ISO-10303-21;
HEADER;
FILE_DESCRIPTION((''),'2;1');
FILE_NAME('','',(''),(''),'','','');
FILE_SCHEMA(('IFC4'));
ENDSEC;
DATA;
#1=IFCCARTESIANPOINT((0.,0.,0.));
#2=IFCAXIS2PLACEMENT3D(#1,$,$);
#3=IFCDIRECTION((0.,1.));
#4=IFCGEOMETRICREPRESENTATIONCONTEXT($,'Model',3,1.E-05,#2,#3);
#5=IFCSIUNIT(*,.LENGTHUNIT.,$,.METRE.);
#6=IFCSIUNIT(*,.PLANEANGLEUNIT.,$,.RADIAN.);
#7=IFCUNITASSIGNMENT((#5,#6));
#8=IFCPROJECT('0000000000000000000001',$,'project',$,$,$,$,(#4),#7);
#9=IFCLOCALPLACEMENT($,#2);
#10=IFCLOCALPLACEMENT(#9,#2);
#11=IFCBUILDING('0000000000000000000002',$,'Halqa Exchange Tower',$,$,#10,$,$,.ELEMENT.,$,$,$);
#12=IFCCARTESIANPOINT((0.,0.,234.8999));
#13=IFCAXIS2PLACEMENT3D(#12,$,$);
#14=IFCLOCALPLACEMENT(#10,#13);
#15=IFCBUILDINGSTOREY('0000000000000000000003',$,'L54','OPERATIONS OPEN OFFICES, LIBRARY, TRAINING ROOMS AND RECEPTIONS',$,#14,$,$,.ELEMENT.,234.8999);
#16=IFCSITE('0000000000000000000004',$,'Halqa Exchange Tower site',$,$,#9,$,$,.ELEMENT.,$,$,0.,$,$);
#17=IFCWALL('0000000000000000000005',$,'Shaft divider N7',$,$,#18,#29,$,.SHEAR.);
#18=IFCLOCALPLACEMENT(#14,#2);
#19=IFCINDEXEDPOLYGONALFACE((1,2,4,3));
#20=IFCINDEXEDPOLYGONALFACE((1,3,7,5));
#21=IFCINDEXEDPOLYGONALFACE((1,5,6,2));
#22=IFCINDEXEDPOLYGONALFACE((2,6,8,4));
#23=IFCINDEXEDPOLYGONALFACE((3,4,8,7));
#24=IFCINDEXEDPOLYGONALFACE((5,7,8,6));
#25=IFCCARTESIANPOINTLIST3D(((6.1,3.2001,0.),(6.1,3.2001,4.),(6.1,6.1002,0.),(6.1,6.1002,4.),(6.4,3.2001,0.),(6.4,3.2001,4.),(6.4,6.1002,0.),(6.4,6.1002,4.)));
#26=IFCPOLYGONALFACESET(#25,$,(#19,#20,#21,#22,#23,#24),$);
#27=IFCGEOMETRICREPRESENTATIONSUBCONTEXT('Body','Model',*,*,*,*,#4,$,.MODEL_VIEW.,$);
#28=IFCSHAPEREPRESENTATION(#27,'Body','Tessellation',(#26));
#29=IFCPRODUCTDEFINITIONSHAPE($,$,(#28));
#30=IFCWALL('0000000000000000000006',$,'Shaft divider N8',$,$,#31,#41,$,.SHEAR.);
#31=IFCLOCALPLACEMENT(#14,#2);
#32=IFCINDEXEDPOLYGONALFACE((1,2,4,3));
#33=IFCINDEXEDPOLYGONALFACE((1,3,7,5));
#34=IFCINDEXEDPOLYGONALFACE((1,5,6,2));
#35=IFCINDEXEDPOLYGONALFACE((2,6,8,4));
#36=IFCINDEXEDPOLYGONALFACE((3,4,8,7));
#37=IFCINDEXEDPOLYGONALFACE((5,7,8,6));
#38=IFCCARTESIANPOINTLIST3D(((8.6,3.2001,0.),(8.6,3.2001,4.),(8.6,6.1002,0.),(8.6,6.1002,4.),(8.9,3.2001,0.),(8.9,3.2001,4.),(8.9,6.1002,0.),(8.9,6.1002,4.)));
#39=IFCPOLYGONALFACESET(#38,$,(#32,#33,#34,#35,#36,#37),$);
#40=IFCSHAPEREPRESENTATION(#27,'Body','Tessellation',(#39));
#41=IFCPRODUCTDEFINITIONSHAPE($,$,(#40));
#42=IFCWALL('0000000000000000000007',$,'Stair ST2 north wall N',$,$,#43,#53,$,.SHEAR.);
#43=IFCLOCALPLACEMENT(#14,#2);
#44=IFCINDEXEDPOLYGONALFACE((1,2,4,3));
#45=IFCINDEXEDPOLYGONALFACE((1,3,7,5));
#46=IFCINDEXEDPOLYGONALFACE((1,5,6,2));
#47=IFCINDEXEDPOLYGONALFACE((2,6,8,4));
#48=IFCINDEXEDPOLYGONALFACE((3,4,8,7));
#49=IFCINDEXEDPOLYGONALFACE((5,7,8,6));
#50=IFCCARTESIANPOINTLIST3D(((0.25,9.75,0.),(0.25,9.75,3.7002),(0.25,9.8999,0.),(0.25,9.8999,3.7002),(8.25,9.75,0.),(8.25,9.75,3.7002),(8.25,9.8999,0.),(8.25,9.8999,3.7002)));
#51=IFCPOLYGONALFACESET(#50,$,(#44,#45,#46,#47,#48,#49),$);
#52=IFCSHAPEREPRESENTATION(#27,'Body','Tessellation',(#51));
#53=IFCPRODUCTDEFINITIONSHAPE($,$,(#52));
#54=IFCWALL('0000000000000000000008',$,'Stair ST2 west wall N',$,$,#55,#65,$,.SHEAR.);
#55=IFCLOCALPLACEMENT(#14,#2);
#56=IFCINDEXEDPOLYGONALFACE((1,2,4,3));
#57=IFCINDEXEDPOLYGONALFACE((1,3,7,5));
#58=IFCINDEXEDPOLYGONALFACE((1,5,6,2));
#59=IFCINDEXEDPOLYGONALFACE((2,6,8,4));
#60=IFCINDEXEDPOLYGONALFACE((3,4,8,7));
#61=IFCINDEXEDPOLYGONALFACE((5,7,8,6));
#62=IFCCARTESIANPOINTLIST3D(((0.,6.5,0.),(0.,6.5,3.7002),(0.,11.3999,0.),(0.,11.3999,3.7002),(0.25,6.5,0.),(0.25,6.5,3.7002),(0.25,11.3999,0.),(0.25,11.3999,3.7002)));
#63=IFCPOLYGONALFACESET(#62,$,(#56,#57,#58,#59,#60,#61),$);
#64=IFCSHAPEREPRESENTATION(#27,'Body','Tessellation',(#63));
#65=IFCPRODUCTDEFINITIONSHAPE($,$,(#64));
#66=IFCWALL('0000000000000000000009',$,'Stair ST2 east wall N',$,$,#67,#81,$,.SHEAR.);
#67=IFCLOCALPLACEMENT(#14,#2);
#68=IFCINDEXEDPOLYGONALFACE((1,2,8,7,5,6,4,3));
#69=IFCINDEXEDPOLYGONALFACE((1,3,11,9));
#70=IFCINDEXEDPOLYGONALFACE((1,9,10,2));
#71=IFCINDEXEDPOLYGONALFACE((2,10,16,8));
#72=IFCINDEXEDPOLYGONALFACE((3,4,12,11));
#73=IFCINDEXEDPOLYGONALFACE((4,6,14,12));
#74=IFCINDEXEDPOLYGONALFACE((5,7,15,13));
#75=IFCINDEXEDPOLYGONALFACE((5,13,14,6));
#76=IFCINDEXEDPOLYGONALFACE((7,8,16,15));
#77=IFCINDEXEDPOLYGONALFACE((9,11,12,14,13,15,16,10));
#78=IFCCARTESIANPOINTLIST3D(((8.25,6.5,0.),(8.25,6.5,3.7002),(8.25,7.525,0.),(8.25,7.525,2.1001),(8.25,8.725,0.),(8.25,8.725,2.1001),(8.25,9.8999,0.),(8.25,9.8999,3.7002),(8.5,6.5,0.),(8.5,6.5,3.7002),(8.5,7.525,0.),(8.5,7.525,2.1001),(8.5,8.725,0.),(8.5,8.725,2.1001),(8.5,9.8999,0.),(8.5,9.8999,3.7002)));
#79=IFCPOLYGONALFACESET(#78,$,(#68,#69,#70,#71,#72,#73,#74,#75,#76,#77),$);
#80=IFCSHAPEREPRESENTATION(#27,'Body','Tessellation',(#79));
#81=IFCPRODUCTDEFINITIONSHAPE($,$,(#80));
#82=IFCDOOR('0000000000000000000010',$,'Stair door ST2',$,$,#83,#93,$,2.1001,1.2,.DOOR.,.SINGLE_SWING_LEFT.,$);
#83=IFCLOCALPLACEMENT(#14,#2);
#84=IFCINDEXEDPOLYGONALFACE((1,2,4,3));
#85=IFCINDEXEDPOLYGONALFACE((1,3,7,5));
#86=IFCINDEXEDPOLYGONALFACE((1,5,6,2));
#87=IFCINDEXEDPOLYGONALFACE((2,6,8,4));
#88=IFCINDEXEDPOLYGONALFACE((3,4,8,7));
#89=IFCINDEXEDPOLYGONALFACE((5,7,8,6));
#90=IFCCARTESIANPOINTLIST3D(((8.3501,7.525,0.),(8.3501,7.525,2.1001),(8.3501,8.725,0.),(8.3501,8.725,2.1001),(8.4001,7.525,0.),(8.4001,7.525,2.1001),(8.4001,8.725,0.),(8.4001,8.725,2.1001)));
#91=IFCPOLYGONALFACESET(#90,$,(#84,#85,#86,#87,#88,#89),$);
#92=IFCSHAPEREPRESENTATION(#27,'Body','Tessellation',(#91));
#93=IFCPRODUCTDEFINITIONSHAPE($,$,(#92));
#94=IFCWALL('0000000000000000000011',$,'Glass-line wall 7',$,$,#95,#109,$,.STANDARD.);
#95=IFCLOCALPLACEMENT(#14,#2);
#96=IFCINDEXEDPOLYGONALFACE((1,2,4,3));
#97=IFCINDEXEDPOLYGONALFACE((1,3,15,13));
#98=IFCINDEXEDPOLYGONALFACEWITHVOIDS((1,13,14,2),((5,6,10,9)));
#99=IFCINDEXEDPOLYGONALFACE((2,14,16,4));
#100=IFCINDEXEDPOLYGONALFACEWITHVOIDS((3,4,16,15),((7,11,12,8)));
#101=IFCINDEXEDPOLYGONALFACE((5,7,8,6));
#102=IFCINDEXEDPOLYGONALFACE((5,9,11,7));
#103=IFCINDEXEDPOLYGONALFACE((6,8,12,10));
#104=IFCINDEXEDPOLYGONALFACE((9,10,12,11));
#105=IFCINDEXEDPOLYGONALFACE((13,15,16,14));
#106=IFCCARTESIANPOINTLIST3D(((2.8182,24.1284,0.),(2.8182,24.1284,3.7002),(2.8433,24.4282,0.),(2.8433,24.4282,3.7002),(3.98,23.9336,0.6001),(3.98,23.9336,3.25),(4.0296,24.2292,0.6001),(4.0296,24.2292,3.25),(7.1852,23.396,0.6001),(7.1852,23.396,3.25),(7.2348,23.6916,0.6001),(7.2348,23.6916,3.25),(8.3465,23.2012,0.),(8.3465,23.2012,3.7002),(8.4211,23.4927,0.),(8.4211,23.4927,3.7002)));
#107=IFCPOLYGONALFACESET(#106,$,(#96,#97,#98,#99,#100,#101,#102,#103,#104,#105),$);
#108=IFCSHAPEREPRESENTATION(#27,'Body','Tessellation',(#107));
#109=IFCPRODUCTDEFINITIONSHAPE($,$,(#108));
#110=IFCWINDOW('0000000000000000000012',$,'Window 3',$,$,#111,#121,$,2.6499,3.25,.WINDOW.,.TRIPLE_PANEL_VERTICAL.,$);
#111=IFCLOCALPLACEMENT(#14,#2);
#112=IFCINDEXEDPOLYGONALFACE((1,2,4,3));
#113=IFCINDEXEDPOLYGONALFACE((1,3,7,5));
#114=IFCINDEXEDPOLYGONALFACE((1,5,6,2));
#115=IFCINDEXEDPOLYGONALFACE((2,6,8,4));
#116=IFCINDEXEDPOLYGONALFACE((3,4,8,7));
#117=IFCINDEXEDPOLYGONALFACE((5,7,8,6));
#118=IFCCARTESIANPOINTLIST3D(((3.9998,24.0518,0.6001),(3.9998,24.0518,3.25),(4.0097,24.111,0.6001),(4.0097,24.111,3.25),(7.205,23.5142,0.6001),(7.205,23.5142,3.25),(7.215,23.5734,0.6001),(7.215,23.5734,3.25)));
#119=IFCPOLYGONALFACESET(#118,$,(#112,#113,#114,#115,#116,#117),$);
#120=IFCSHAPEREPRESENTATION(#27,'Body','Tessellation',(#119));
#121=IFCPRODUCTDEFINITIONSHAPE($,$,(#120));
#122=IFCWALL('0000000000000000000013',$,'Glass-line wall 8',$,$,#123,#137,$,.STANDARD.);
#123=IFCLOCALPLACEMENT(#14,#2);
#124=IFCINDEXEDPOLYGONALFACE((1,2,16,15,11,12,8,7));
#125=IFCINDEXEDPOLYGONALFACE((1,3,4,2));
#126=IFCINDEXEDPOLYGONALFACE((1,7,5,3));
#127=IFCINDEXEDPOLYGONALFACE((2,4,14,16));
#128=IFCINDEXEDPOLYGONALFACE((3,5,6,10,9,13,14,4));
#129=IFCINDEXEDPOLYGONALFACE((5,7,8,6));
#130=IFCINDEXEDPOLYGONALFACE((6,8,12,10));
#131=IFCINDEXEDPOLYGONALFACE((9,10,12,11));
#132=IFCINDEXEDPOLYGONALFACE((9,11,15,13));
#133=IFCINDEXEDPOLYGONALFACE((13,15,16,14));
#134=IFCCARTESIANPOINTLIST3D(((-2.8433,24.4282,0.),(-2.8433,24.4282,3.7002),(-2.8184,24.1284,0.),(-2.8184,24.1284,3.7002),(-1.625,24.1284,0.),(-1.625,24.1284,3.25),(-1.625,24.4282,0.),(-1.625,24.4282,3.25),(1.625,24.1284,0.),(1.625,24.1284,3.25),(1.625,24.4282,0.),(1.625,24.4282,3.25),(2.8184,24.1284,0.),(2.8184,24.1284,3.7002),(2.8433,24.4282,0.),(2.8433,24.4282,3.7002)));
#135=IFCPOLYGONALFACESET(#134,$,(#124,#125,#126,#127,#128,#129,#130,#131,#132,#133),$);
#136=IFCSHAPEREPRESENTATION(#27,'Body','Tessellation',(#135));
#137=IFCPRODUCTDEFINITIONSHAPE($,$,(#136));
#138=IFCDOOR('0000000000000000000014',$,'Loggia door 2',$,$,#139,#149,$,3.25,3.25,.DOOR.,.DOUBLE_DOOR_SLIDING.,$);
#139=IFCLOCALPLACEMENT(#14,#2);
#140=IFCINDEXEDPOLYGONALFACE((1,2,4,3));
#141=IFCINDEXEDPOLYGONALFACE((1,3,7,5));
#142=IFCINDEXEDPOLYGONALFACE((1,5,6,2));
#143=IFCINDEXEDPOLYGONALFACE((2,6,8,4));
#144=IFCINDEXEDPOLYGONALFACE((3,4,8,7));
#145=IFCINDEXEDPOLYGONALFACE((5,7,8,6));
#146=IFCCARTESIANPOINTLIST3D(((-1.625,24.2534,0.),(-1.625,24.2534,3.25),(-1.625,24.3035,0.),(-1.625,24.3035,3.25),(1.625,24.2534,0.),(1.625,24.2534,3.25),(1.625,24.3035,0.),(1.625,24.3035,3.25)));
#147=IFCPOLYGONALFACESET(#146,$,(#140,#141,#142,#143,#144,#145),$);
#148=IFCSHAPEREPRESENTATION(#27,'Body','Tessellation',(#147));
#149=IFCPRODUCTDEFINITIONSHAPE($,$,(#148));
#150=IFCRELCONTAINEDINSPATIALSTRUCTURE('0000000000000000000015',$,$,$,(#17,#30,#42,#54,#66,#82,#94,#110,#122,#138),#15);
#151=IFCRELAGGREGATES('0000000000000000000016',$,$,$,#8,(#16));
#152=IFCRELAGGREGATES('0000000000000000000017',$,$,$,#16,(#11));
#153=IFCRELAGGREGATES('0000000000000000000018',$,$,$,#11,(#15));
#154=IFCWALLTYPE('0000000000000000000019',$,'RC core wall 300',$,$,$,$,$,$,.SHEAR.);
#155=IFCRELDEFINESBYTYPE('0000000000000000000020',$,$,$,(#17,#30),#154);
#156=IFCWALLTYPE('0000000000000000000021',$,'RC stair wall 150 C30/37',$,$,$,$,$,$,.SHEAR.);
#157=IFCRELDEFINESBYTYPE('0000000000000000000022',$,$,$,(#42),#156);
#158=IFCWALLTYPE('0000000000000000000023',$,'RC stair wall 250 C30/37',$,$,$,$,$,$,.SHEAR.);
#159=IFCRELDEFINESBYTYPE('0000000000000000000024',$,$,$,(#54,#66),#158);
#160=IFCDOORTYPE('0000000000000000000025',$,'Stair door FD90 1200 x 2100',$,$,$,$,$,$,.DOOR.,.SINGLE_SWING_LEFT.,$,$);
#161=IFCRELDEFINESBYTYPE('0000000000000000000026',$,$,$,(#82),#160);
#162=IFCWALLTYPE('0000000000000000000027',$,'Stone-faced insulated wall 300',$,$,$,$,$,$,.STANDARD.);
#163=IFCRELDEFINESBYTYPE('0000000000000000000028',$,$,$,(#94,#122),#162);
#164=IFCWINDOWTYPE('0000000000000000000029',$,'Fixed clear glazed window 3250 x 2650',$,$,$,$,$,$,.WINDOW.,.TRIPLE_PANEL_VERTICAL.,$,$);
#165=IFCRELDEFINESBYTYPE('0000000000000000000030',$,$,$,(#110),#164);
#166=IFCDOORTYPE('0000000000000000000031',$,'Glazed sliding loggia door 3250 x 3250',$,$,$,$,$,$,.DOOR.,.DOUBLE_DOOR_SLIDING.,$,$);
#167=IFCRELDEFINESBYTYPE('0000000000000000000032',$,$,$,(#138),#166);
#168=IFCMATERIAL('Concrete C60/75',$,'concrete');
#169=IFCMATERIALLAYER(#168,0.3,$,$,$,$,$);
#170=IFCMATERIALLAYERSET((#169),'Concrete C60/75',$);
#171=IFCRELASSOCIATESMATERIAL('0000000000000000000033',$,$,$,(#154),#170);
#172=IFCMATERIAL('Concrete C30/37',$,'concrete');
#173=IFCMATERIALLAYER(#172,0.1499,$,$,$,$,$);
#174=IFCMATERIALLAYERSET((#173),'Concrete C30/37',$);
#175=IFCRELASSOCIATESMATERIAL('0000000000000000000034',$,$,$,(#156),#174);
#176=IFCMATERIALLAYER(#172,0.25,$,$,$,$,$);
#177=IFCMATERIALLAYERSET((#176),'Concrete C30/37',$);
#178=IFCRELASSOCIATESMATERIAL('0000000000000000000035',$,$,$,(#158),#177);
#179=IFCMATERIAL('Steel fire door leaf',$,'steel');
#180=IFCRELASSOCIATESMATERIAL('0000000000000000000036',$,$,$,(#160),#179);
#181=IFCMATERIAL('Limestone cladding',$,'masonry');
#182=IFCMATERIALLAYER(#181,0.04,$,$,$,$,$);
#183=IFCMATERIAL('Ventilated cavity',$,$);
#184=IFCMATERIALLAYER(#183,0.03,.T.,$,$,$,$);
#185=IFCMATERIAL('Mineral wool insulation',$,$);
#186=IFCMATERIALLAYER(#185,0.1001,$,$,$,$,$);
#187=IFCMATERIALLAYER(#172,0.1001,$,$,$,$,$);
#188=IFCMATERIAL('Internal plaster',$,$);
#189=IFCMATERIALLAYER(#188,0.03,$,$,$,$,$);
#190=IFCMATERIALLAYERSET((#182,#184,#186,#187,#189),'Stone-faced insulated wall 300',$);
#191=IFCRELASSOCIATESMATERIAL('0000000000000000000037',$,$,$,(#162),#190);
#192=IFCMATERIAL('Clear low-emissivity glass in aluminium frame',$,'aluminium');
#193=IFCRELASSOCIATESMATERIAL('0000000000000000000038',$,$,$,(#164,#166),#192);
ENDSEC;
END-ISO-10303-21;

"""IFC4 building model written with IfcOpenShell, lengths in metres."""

from ifc_helpers import new_model, si_unit, direction, frame, frame_2d, origin, place, context, subcontext, project, spatial, polyline, rectangle, outline, extrude, material, layer, layer_set, type_object, element, fill, save


model = new_model("IFC4")

# Units and contexts
model_context = context("Model", 3, precision=1e-05, world=origin(), true_north=direction((0.0, 1.0)))
body_context = subcontext(model_context, "Body", "Model", "MODEL_VIEW")
ifc_project = project(units=[si_unit("LENGTHUNIT", "METRE"), si_unit("PLANEANGLEUNIT", "RADIAN")], contexts=[model_context])

# Site, building, storey
site_placement = place(None, origin())
site = spatial("IfcSite", under=ifc_project, at=site_placement, Name="Halqa Exchange Tower site", CompositionType="ELEMENT", RefElevation=0.0)
building_placement = place(site_placement, origin())
building = spatial("IfcBuilding", under=site, at=building_placement, Name="Halqa Exchange Tower", CompositionType="ELEMENT")
storey_placement = place(building_placement, frame((0.0, 0.0, 234.8999)))
storey = spatial("IfcBuildingStorey", under=building, at=storey_placement, Name="L54", Description="OPERATIONS OPEN OFFICES, LIBRARY, TRAINING ROOMS AND RECEPTIONS", CompositionType="ELEMENT", Elevation=234.8999)

# Shared definitions
ifc_material_1 = material(Name="Concrete C60/75", Category="concrete")

# Shared definitions
ifc_material_2 = material(Name="Concrete C30/37", Category="concrete")

# Walls
ifc_layer_1 = layer(ifc_material_1, 0.3)
ifc_layer_set_1 = layer_set([ifc_layer_1], Name="Concrete C60/75")
wall_type_1 = type_object("IfcWallType", Name="RC core wall 300", PredefinedType="SHEAR", material=ifc_layer_set_1)
for number, where, z_axis, x_axis, name in (
    (1, (6.25, 3.2, 0.0), (0.0, 0.0, 1.0), (0.0, 1.0, 0.0), "Shaft divider N7"),
    (2, (8.75, 3.2, 0.0), (0.0, 0.0, 1.0), (0.0, 1.0, 0.0), "Shaft divider N8"),
):
    element("IfcWall", number, at=place(storey_placement, frame(where, z_axis=z_axis, x_axis=x_axis)), inside=storey, type_object=wall_type_1, Name=name, PredefinedType="SHEAR", context=body_context, shape_type="SweptSolid", body=[
        extrude(rectangle(XDim=2.9001, YDim=0.3, at=frame_2d((1.4502, 0.0))), origin(), (0.0, 0.0, 1.0), 4.0),
    ])
ifc_layer_2 = layer(ifc_material_2, 0.1499)
ifc_layer_set_2 = layer_set([ifc_layer_2], Name="Concrete C30/37")
wall_type_2 = type_object("IfcWallType", Name="RC stair wall 150 C30/37", PredefinedType="SHEAR", material=ifc_layer_set_2)
wall_1_placement = place(storey_placement, frame((0.25, 9.825, 0.0), z_axis=(0.0, 0.0, 1.0), x_axis=(1.0, 0.0, 0.0)))
element("IfcWall", 3, at=wall_1_placement, inside=storey, type_object=wall_type_2, Name="Stair ST2 north wall N", PredefinedType="SHEAR", context=body_context, shape_type="SweptSolid", body=[
    extrude(rectangle(XDim=8.0, YDim=0.1499, at=frame_2d((4.0, 0.0))), origin(), (0.0, 0.0, 1.0), 3.7002),
])
ifc_layer_3 = layer(ifc_material_2, 0.25)
ifc_layer_set_3 = layer_set([ifc_layer_3], Name="Concrete C30/37")
wall_type_3 = type_object("IfcWallType", Name="RC stair wall 250 C30/37", PredefinedType="SHEAR", material=ifc_layer_set_3)
wall_2_placement = place(storey_placement, frame((0.125, 6.5, 0.0), z_axis=(0.0, 0.0, 1.0), x_axis=(0.0, 1.0, 0.0)))
element("IfcWall", 4, at=wall_2_placement, inside=storey, type_object=wall_type_3, Name="Stair ST2 west wall N", PredefinedType="SHEAR", context=body_context, shape_type="SweptSolid", body=[
    extrude(rectangle(XDim=4.8999, YDim=0.25, at=frame_2d((2.45, 0.0))), origin(), (0.0, 0.0, 1.0), 3.7002),
])

# Wall, opening, door
wall_3_placement = place(storey_placement, frame((8.375, 6.5, 0.0), z_axis=(0.0, 0.0, 1.0), x_axis=(0.0, 1.0, 0.0)))
wall_3 = element("IfcWall", 5, at=wall_3_placement, inside=storey, type_object=wall_type_3, Name="Stair ST2 east wall N", PredefinedType="SHEAR", context=body_context, shape_type="SweptSolid", body=[
    extrude(rectangle(XDim=3.3999, YDim=0.25, at=frame_2d((1.7, 0.0))), origin(), (0.0, 0.0, 1.0), 3.7002),
])
opening_1_placement = place(wall_3_placement, frame((1.0249, 0.0, 0.0)))
opening_1 = element("IfcOpeningElement", 6, at=opening_1_placement, cuts=wall_3, PredefinedType="OPENING", context=body_context, shape_type="SweptSolid", body=[
    extrude(rectangle(XDim=1.2, YDim=2.1001, at=frame_2d((0.6001, 1.05))), frame((0.0, 0.137, 0.0), z_axis=(0.0, -1.0, 0.0), x_axis=(1.0, 0.0, 0.0)), (0.0, 0.0, 1.0), 0.2739),
])
ifc_material_3 = material(Name="Steel fire door leaf", Category="steel")
door_type_1 = type_object("IfcDoorType", Name="Stair door FD90 1200 x 2100", OperationType="SINGLE_SWING_LEFT", PredefinedType="DOOR", material=ifc_material_3)
door_1_placement = place(opening_1_placement, origin())
door_1 = element("IfcDoor", 7, at=door_1_placement, inside=storey, type_object=door_type_1, Name="Stair door ST2", OperationType="SINGLE_SWING_LEFT", OverallHeight=2.1001, OverallWidth=1.2, PredefinedType="DOOR", context=body_context, shape_type="SweptSolid", body=[
    extrude(rectangle(XDim=1.2, YDim=2.1001, at=frame_2d((0.6001, 1.05))), frame((0.0, 0.0249, 0.0), z_axis=(0.0, -1.0, 0.0), x_axis=(1.0, 0.0, 0.0)), (0.0, 0.0, 1.0), 0.05),
])
fill(opening_1, door_1)

# Wall, opening, window
ifc_material_4 = material(Name="Limestone cladding", Category="masonry")
ifc_layer_4 = layer(ifc_material_4, 0.04)
ifc_material_5 = material(Name="Ventilated cavity")
ifc_layer_5 = layer(ifc_material_5, 0.03, ventilated=True)
ifc_material_6 = material(Name="Mineral wool insulation")
ifc_layer_6 = layer(ifc_material_6, 0.1001)
ifc_layer_7 = layer(ifc_material_2, 0.1001)
ifc_material_7 = material(Name="Internal plaster")
ifc_layer_8 = layer(ifc_material_7, 0.03)
ifc_layer_set_4 = layer_set([ifc_layer_4, ifc_layer_5, ifc_layer_6, ifc_layer_7, ifc_layer_8], Name="Stone-faced insulated wall 300")
wall_type_4 = type_object("IfcWallType", Name="Stone-faced insulated wall 300", PredefinedType="STANDARD", material=ifc_layer_set_4)
wall_4_placement = place(storey_placement, frame((8.3838, 23.3469, 0.0), z_axis=(0.0, 0.0, 1.0), x_axis=(-0.986223, 0.165418, 0.0)))
wall_4 = element("IfcWall", 8, at=wall_4_placement, inside=storey, type_object=wall_type_4, Name="Glass-line wall 7", PredefinedType="STANDARD", context=body_context, shape_type="SweptSolid", body=[
    extrude(outline(polyline([(-0.0127, -0.1499), (5.6431, -0.1499), (5.6182, 0.1499), (0.0127, 0.1499), (-0.0127, -0.1499)])), origin(), (0.0, 0.0, 1.0), 3.7002),
])
opening_2_placement = place(wall_4_placement, frame((1.1902, 0.0, 0.6001)))
opening_2 = element("IfcOpeningElement", 9, at=opening_2_placement, cuts=wall_4, PredefinedType="OPENING", context=body_context, shape_type="SweptSolid", body=[
    extrude(rectangle(XDim=3.25, YDim=2.6499, at=frame_2d((1.625, 1.325))), frame((0.0, 0.1621, 0.0), z_axis=(0.0, -1.0, 0.0), x_axis=(1.0, 0.0, 0.0)), (0.0, 0.0, 1.0), 0.324),
])
ifc_material_8 = material(Name="Clear low-emissivity glass in aluminium frame", Category="aluminium")
window_type = type_object("IfcWindowType", Name="Fixed clear glazed window 3250 x 2650", PartitioningType="TRIPLE_PANEL_VERTICAL", PredefinedType="WINDOW", material=ifc_material_8)
window_placement = place(opening_2_placement, origin())
window = element("IfcWindow", 10, at=window_placement, inside=storey, type_object=window_type, Name="Window 3", OverallHeight=2.6499, OverallWidth=3.25, PartitioningType="TRIPLE_PANEL_VERTICAL", PredefinedType="WINDOW", context=body_context, shape_type="SweptSolid", body=[
    extrude(rectangle(XDim=3.25, YDim=2.6499, at=frame_2d((1.625, 1.325))), frame((0.0, 0.03, 0.0), z_axis=(0.0, -1.0, 0.0), x_axis=(1.0, 0.0, 0.0)), (0.0, 0.0, 1.0), 0.0601),
])
fill(opening_2, window)

# Wall, opening, door
wall_5_placement = place(storey_placement, frame((2.8308, 24.2783, 0.0), z_axis=(0.0, 0.0, 1.0), x_axis=(-1.0, 0.0, 0.0)))
wall_5 = element("IfcWall", 11, at=wall_5_placement, inside=storey, type_object=wall_type_4, Name="Glass-line wall 8", PredefinedType="STANDARD", context=body_context, shape_type="SweptSolid", body=[
    extrude(outline(polyline([(-0.0125, -0.1499), (5.6741, -0.1499), (5.6492, 0.1499), (0.0125, 0.1499), (-0.0125, -0.1499)])), origin(), (0.0, 0.0, 1.0), 3.7002),
])
opening_3_placement = place(wall_5_placement, frame((1.2058, 0.0, 0.0)))
opening_3 = element("IfcOpeningElement", 12, at=opening_3_placement, cuts=wall_5, PredefinedType="OPENING", context=body_context, shape_type="SweptSolid", body=[
    extrude(rectangle(XDim=3.25, YDim=3.25, at=frame_2d((1.625, 1.625))), frame((0.0, 0.1621, 0.0), z_axis=(0.0, -1.0, 0.0), x_axis=(1.0, 0.0, 0.0)), (0.0, 0.0, 1.0), 0.324),
])
door_type_2 = type_object("IfcDoorType", Name="Glazed sliding loggia door 3250 x 3250", OperationType="DOUBLE_DOOR_SLIDING", PredefinedType="DOOR", material=ifc_material_8)
door_2_placement = place(opening_3_placement, origin())
door_2 = element("IfcDoor", 13, at=door_2_placement, inside=storey, type_object=door_type_2, Name="Loggia door 2", OperationType="DOUBLE_DOOR_SLIDING", OverallHeight=3.25, OverallWidth=3.25, PredefinedType="DOOR", context=body_context, shape_type="SweptSolid", body=[
    extrude(rectangle(XDim=3.25, YDim=3.25, at=frame_2d((1.625, 1.625))), frame((0.0, 0.0249, 0.0), z_axis=(0.0, -1.0, 0.0), x_axis=(1.0, 0.0, 0.0)), (0.0, 0.0, 1.0), 0.05),
])
fill(opening_3, door_2)

save(model, "model.ifc")
